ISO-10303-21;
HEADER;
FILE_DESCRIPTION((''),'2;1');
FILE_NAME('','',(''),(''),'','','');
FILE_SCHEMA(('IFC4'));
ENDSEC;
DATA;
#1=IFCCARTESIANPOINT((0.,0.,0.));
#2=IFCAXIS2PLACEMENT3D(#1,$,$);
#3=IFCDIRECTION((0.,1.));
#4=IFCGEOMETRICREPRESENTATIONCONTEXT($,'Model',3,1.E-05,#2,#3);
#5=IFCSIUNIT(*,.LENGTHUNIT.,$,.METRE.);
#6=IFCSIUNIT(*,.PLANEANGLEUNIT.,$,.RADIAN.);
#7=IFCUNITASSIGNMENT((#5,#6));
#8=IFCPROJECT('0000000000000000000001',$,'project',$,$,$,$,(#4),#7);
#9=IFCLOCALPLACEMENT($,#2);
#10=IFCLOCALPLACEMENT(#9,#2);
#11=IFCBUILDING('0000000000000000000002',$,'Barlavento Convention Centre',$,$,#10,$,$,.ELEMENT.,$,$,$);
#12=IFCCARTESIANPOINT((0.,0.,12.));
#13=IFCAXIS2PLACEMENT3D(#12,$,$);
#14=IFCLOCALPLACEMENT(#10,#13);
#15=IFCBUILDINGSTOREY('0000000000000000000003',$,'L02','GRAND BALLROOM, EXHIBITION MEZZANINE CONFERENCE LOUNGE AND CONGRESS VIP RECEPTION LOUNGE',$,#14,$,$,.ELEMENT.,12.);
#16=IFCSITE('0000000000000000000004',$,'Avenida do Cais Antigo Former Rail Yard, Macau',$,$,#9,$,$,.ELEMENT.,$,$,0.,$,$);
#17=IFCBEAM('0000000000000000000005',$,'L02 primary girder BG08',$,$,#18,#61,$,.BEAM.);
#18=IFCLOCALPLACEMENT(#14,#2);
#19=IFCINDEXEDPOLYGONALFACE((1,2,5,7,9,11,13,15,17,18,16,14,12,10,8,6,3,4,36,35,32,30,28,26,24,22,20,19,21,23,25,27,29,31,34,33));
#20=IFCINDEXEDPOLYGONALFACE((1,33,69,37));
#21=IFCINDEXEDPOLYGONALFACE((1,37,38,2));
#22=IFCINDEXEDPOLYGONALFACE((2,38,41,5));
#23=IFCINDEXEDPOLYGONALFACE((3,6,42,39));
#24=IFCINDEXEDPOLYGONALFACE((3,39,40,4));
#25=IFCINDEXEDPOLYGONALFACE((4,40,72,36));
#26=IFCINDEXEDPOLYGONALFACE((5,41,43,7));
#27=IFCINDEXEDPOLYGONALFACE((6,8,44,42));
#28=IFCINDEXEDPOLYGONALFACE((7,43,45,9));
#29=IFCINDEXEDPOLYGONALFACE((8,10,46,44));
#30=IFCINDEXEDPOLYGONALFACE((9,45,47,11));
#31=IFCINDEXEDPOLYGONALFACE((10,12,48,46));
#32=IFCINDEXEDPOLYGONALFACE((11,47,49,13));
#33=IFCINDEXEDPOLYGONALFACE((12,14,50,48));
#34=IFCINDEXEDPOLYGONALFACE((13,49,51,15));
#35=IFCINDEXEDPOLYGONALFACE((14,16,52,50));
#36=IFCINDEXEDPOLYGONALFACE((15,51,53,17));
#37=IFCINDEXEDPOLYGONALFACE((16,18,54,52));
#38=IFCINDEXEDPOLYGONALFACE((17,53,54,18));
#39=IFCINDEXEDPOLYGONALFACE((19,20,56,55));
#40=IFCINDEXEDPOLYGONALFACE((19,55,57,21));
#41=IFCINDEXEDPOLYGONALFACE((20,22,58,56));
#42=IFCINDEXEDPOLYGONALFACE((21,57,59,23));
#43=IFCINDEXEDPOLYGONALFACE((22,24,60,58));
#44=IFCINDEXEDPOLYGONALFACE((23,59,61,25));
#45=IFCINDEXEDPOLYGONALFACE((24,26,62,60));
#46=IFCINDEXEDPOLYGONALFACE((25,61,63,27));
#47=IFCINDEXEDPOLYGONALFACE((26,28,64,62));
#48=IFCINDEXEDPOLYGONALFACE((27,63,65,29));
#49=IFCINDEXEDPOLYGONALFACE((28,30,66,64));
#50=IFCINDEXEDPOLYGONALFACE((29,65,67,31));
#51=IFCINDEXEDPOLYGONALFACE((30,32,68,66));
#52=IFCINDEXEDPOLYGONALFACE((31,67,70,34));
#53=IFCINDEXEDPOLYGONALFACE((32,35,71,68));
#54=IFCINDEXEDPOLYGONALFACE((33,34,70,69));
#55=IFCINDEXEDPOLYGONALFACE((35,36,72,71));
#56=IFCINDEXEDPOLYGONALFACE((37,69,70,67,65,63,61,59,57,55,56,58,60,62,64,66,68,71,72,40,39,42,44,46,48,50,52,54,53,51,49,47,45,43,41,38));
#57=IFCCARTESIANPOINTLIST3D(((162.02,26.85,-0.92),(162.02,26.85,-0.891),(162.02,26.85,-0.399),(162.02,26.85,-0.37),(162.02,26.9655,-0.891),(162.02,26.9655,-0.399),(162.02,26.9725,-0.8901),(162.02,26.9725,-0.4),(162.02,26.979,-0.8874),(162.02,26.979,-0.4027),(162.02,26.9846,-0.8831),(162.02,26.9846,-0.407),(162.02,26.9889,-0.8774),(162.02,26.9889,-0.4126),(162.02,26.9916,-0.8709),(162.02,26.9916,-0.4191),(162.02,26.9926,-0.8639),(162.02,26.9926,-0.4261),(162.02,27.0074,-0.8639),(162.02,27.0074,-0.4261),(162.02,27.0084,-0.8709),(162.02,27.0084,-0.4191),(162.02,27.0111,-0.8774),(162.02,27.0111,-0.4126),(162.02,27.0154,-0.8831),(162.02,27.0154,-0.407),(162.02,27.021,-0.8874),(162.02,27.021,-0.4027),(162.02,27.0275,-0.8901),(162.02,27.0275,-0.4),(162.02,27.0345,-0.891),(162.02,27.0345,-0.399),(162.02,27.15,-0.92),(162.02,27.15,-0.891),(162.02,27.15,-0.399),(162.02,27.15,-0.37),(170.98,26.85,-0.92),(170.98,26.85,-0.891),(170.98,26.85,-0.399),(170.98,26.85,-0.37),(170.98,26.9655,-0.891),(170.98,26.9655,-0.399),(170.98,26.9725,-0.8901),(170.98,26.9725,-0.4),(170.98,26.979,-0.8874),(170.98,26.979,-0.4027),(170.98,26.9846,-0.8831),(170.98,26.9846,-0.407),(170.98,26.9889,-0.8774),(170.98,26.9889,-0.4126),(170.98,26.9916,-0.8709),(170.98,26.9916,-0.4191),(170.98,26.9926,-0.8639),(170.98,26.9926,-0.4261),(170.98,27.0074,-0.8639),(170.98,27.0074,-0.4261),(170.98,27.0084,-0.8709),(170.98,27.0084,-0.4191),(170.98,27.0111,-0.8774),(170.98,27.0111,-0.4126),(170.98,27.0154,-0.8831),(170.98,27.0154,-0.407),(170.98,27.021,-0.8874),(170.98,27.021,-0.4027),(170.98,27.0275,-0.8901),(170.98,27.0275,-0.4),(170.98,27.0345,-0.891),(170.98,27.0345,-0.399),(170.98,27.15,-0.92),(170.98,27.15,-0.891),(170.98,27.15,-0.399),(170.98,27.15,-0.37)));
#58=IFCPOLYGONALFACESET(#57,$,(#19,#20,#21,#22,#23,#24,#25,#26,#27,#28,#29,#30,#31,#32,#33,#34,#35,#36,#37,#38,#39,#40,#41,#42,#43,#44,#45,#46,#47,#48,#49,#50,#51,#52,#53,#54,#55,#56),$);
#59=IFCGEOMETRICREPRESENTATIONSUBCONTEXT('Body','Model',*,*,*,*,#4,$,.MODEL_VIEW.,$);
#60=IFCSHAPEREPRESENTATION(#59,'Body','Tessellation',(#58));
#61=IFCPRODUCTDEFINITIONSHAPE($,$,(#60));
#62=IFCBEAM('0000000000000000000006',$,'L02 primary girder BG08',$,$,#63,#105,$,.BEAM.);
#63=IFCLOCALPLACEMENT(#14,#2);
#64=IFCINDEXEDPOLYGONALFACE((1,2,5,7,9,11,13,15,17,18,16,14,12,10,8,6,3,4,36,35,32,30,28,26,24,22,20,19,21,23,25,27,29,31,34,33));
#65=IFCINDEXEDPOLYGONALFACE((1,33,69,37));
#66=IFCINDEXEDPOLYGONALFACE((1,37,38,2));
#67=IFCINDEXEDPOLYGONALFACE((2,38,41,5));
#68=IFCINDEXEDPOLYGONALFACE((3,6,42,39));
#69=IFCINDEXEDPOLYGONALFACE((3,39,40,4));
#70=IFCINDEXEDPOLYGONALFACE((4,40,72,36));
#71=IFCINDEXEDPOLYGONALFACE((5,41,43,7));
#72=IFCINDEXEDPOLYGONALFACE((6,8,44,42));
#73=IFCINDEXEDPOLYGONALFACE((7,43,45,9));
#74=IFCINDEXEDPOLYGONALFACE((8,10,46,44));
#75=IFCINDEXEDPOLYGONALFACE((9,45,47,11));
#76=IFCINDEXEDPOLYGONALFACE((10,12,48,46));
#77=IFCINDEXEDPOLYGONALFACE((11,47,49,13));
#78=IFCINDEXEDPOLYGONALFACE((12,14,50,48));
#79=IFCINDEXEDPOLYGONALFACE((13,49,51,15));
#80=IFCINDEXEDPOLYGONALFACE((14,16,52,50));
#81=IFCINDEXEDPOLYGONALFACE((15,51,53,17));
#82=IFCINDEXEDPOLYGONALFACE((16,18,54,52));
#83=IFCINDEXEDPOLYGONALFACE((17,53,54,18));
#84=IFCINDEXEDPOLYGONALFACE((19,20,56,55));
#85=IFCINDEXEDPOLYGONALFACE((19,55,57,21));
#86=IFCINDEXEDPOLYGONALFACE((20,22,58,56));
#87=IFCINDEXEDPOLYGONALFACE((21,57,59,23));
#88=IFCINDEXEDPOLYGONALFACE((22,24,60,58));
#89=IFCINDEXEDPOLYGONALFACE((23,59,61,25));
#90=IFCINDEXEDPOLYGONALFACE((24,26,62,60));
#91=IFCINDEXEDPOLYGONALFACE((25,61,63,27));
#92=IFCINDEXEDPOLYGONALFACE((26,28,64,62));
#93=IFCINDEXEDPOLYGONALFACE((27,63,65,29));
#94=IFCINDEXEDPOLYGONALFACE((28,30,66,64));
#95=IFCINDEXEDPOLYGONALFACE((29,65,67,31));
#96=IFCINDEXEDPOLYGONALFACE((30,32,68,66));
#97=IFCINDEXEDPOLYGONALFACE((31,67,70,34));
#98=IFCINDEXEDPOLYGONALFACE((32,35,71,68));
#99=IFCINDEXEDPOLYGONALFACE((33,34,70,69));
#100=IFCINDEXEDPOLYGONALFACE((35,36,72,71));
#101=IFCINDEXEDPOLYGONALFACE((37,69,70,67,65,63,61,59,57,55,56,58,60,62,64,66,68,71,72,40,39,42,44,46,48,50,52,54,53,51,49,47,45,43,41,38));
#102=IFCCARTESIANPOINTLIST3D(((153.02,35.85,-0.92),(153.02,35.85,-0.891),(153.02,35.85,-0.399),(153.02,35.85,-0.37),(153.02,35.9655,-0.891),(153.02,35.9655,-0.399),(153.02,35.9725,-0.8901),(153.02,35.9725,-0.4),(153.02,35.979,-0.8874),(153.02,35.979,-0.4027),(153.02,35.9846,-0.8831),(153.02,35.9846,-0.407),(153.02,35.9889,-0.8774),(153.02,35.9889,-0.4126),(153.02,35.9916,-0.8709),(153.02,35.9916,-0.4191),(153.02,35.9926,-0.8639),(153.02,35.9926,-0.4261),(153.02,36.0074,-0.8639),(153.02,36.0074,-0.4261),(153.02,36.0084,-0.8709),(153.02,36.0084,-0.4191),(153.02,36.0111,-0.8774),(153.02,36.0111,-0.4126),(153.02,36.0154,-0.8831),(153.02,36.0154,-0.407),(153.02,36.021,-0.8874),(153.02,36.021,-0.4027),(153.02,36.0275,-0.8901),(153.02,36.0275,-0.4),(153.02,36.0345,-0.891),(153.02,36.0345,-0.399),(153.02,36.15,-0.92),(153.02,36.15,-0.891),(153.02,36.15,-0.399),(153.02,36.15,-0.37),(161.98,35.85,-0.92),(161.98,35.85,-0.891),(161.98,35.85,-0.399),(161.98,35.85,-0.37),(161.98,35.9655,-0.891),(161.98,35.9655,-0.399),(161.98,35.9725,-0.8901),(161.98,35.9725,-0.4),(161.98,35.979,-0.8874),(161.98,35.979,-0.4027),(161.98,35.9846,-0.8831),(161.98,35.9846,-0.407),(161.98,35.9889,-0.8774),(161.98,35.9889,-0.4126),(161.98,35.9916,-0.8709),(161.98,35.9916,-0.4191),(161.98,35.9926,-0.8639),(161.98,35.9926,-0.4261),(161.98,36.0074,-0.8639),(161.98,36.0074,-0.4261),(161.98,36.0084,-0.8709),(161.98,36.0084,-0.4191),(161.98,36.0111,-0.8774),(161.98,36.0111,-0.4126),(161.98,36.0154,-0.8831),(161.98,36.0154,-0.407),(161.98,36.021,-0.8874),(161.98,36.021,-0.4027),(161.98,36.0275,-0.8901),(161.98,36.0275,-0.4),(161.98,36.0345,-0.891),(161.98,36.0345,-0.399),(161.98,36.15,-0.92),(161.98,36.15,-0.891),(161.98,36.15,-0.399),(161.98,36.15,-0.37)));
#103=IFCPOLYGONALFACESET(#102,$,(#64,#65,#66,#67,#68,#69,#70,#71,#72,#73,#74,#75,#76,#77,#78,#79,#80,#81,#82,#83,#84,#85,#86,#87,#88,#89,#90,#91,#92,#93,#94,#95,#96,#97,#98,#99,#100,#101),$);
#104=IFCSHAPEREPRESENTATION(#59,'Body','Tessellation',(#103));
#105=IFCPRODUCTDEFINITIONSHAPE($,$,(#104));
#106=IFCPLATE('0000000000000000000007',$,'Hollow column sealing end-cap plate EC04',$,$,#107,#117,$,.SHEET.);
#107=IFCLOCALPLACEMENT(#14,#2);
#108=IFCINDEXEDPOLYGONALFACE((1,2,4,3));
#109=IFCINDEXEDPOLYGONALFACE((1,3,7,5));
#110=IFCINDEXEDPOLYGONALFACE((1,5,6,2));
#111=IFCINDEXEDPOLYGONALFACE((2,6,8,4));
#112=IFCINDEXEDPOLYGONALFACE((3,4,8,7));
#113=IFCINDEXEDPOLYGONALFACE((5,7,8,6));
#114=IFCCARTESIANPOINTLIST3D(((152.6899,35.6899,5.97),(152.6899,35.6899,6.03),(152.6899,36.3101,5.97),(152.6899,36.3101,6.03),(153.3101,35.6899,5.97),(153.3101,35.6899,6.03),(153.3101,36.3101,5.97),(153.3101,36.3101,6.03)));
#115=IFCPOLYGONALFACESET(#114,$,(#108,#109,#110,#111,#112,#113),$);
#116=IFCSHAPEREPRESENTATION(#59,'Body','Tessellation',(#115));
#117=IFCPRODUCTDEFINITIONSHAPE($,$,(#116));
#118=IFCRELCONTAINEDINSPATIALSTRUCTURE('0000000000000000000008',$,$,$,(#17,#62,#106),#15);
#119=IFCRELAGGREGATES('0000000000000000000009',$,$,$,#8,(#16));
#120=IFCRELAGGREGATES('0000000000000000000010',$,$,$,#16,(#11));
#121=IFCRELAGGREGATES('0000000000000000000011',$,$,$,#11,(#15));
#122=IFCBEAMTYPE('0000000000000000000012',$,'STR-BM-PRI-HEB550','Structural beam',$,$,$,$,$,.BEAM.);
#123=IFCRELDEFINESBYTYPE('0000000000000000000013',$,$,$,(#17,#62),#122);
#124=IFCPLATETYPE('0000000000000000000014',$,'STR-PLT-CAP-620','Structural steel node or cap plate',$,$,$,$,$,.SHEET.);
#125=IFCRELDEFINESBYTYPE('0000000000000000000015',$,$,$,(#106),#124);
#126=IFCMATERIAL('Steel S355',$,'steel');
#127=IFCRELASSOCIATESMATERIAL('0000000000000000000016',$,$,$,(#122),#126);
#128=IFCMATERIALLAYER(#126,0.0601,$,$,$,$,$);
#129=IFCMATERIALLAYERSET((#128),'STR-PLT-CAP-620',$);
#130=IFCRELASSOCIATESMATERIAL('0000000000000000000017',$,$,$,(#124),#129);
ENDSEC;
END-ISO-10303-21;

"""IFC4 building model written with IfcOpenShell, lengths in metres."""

from ifc_helpers import new_model, si_unit, direction, frame, origin, origin_2d, place, context, subcontext, project, spatial, rectangle, i_section, extrude, material, layer, layer_set, material_profile, profile_set, type_object, element, save


model = new_model("IFC4")

# Units and contexts
model_context = context("Model", 3, precision=1e-05, world=origin(), true_north=direction((0.0, 1.0)))
body_context = subcontext(model_context, "Body", "Model", "MODEL_VIEW")
ifc_project = project(units=[si_unit("LENGTHUNIT", "METRE"), si_unit("PLANEANGLEUNIT", "RADIAN")], contexts=[model_context])

# Site, building, storey
site_placement = place(None, origin())
site = spatial("IfcSite", under=ifc_project, at=site_placement, Name="Avenida do Cais Antigo Former Rail Yard, Macau", CompositionType="ELEMENT", RefElevation=0.0)
building_placement = place(site_placement, origin())
building = spatial("IfcBuilding", under=site, at=building_placement, Name="Barlavento Convention Centre", CompositionType="ELEMENT")
storey_placement = place(building_placement, frame((0.0, 0.0, 12.0)))
storey = spatial("IfcBuildingStorey", under=building, at=storey_placement, Name="L02", Description="GRAND BALLROOM, EXHIBITION MEZZANINE CONFERENCE LOUNGE AND CONGRESS VIP RECEPTION LOUNGE", CompositionType="ELEMENT", Elevation=12.0)

# Shared definitions
ifc_material_1 = material(Name="Steel S355", Category="steel")

# Beams
ifc_material_profile_1 = material_profile(ifc_material_1, i_section(OverallWidth=0.3, OverallDepth=0.55, WebThickness=0.0149, FlangeThickness=0.0291, FilletRadius=0.0271, at=origin_2d()), Name="HEB 550")
ifc_profile_set_1 = profile_set([ifc_material_profile_1], Name="Steel S355")
beam_type_1 = type_object("IfcBeamType", Name="STR-BM-PRI-HEB550", Description="Structural beam", PredefinedType="BEAM", material=ifc_profile_set_1)
for number, where, z_axis, x_axis, name in (
    (1, (162.02, 27.0, -0.645), (1.0, 0.0, 0.0), (0.0, 1.0, 0.0), "L02 primary girder BG08"),
    (2, (153.02, 36.0, -0.645), (1.0, 0.0, 0.0), (0.0, 1.0, 0.0), "L02 primary girder BG08"),
):
    element("IfcBeam", number, at=place(storey_placement, frame(where, z_axis=z_axis, x_axis=x_axis)), inside=storey, type_object=beam_type_1, Name=name, PredefinedType="BEAM", context=body_context, shape_type="SweptSolid", body=[
        extrude(i_section(OverallWidth=0.3, OverallDepth=0.55, WebThickness=0.0149, FlangeThickness=0.0291, FilletRadius=0.0271, at=origin_2d()), origin(), (0.0, 0.0, 1.0), 8.96),
    ])

# Plate
ifc_layer = layer(ifc_material_1, 0.0601)
ifc_layer_set = layer_set([ifc_layer], Name="STR-PLT-CAP-620")
plate_type = type_object("IfcPlateType", Name="STR-PLT-CAP-620", Description="Structural steel node or cap plate", PredefinedType="SHEET", material=ifc_layer_set)
plate_placement = place(storey_placement, frame((153.0, 36.0, 5.97), z_axis=(0.0, 0.0, 1.0), x_axis=(1.0, 0.0, 0.0)))
element("IfcPlate", 3, at=plate_placement, inside=storey, type_object=plate_type, Name="Hollow column sealing end-cap plate EC04", PredefinedType="SHEET", context=body_context, shape_type="SweptSolid", body=[
    extrude(rectangle(XDim=0.6201, YDim=0.6201, at=origin_2d()), origin(), (0.0, 0.0, 1.0), 0.0601),
])

save(model, "model.ifc")
